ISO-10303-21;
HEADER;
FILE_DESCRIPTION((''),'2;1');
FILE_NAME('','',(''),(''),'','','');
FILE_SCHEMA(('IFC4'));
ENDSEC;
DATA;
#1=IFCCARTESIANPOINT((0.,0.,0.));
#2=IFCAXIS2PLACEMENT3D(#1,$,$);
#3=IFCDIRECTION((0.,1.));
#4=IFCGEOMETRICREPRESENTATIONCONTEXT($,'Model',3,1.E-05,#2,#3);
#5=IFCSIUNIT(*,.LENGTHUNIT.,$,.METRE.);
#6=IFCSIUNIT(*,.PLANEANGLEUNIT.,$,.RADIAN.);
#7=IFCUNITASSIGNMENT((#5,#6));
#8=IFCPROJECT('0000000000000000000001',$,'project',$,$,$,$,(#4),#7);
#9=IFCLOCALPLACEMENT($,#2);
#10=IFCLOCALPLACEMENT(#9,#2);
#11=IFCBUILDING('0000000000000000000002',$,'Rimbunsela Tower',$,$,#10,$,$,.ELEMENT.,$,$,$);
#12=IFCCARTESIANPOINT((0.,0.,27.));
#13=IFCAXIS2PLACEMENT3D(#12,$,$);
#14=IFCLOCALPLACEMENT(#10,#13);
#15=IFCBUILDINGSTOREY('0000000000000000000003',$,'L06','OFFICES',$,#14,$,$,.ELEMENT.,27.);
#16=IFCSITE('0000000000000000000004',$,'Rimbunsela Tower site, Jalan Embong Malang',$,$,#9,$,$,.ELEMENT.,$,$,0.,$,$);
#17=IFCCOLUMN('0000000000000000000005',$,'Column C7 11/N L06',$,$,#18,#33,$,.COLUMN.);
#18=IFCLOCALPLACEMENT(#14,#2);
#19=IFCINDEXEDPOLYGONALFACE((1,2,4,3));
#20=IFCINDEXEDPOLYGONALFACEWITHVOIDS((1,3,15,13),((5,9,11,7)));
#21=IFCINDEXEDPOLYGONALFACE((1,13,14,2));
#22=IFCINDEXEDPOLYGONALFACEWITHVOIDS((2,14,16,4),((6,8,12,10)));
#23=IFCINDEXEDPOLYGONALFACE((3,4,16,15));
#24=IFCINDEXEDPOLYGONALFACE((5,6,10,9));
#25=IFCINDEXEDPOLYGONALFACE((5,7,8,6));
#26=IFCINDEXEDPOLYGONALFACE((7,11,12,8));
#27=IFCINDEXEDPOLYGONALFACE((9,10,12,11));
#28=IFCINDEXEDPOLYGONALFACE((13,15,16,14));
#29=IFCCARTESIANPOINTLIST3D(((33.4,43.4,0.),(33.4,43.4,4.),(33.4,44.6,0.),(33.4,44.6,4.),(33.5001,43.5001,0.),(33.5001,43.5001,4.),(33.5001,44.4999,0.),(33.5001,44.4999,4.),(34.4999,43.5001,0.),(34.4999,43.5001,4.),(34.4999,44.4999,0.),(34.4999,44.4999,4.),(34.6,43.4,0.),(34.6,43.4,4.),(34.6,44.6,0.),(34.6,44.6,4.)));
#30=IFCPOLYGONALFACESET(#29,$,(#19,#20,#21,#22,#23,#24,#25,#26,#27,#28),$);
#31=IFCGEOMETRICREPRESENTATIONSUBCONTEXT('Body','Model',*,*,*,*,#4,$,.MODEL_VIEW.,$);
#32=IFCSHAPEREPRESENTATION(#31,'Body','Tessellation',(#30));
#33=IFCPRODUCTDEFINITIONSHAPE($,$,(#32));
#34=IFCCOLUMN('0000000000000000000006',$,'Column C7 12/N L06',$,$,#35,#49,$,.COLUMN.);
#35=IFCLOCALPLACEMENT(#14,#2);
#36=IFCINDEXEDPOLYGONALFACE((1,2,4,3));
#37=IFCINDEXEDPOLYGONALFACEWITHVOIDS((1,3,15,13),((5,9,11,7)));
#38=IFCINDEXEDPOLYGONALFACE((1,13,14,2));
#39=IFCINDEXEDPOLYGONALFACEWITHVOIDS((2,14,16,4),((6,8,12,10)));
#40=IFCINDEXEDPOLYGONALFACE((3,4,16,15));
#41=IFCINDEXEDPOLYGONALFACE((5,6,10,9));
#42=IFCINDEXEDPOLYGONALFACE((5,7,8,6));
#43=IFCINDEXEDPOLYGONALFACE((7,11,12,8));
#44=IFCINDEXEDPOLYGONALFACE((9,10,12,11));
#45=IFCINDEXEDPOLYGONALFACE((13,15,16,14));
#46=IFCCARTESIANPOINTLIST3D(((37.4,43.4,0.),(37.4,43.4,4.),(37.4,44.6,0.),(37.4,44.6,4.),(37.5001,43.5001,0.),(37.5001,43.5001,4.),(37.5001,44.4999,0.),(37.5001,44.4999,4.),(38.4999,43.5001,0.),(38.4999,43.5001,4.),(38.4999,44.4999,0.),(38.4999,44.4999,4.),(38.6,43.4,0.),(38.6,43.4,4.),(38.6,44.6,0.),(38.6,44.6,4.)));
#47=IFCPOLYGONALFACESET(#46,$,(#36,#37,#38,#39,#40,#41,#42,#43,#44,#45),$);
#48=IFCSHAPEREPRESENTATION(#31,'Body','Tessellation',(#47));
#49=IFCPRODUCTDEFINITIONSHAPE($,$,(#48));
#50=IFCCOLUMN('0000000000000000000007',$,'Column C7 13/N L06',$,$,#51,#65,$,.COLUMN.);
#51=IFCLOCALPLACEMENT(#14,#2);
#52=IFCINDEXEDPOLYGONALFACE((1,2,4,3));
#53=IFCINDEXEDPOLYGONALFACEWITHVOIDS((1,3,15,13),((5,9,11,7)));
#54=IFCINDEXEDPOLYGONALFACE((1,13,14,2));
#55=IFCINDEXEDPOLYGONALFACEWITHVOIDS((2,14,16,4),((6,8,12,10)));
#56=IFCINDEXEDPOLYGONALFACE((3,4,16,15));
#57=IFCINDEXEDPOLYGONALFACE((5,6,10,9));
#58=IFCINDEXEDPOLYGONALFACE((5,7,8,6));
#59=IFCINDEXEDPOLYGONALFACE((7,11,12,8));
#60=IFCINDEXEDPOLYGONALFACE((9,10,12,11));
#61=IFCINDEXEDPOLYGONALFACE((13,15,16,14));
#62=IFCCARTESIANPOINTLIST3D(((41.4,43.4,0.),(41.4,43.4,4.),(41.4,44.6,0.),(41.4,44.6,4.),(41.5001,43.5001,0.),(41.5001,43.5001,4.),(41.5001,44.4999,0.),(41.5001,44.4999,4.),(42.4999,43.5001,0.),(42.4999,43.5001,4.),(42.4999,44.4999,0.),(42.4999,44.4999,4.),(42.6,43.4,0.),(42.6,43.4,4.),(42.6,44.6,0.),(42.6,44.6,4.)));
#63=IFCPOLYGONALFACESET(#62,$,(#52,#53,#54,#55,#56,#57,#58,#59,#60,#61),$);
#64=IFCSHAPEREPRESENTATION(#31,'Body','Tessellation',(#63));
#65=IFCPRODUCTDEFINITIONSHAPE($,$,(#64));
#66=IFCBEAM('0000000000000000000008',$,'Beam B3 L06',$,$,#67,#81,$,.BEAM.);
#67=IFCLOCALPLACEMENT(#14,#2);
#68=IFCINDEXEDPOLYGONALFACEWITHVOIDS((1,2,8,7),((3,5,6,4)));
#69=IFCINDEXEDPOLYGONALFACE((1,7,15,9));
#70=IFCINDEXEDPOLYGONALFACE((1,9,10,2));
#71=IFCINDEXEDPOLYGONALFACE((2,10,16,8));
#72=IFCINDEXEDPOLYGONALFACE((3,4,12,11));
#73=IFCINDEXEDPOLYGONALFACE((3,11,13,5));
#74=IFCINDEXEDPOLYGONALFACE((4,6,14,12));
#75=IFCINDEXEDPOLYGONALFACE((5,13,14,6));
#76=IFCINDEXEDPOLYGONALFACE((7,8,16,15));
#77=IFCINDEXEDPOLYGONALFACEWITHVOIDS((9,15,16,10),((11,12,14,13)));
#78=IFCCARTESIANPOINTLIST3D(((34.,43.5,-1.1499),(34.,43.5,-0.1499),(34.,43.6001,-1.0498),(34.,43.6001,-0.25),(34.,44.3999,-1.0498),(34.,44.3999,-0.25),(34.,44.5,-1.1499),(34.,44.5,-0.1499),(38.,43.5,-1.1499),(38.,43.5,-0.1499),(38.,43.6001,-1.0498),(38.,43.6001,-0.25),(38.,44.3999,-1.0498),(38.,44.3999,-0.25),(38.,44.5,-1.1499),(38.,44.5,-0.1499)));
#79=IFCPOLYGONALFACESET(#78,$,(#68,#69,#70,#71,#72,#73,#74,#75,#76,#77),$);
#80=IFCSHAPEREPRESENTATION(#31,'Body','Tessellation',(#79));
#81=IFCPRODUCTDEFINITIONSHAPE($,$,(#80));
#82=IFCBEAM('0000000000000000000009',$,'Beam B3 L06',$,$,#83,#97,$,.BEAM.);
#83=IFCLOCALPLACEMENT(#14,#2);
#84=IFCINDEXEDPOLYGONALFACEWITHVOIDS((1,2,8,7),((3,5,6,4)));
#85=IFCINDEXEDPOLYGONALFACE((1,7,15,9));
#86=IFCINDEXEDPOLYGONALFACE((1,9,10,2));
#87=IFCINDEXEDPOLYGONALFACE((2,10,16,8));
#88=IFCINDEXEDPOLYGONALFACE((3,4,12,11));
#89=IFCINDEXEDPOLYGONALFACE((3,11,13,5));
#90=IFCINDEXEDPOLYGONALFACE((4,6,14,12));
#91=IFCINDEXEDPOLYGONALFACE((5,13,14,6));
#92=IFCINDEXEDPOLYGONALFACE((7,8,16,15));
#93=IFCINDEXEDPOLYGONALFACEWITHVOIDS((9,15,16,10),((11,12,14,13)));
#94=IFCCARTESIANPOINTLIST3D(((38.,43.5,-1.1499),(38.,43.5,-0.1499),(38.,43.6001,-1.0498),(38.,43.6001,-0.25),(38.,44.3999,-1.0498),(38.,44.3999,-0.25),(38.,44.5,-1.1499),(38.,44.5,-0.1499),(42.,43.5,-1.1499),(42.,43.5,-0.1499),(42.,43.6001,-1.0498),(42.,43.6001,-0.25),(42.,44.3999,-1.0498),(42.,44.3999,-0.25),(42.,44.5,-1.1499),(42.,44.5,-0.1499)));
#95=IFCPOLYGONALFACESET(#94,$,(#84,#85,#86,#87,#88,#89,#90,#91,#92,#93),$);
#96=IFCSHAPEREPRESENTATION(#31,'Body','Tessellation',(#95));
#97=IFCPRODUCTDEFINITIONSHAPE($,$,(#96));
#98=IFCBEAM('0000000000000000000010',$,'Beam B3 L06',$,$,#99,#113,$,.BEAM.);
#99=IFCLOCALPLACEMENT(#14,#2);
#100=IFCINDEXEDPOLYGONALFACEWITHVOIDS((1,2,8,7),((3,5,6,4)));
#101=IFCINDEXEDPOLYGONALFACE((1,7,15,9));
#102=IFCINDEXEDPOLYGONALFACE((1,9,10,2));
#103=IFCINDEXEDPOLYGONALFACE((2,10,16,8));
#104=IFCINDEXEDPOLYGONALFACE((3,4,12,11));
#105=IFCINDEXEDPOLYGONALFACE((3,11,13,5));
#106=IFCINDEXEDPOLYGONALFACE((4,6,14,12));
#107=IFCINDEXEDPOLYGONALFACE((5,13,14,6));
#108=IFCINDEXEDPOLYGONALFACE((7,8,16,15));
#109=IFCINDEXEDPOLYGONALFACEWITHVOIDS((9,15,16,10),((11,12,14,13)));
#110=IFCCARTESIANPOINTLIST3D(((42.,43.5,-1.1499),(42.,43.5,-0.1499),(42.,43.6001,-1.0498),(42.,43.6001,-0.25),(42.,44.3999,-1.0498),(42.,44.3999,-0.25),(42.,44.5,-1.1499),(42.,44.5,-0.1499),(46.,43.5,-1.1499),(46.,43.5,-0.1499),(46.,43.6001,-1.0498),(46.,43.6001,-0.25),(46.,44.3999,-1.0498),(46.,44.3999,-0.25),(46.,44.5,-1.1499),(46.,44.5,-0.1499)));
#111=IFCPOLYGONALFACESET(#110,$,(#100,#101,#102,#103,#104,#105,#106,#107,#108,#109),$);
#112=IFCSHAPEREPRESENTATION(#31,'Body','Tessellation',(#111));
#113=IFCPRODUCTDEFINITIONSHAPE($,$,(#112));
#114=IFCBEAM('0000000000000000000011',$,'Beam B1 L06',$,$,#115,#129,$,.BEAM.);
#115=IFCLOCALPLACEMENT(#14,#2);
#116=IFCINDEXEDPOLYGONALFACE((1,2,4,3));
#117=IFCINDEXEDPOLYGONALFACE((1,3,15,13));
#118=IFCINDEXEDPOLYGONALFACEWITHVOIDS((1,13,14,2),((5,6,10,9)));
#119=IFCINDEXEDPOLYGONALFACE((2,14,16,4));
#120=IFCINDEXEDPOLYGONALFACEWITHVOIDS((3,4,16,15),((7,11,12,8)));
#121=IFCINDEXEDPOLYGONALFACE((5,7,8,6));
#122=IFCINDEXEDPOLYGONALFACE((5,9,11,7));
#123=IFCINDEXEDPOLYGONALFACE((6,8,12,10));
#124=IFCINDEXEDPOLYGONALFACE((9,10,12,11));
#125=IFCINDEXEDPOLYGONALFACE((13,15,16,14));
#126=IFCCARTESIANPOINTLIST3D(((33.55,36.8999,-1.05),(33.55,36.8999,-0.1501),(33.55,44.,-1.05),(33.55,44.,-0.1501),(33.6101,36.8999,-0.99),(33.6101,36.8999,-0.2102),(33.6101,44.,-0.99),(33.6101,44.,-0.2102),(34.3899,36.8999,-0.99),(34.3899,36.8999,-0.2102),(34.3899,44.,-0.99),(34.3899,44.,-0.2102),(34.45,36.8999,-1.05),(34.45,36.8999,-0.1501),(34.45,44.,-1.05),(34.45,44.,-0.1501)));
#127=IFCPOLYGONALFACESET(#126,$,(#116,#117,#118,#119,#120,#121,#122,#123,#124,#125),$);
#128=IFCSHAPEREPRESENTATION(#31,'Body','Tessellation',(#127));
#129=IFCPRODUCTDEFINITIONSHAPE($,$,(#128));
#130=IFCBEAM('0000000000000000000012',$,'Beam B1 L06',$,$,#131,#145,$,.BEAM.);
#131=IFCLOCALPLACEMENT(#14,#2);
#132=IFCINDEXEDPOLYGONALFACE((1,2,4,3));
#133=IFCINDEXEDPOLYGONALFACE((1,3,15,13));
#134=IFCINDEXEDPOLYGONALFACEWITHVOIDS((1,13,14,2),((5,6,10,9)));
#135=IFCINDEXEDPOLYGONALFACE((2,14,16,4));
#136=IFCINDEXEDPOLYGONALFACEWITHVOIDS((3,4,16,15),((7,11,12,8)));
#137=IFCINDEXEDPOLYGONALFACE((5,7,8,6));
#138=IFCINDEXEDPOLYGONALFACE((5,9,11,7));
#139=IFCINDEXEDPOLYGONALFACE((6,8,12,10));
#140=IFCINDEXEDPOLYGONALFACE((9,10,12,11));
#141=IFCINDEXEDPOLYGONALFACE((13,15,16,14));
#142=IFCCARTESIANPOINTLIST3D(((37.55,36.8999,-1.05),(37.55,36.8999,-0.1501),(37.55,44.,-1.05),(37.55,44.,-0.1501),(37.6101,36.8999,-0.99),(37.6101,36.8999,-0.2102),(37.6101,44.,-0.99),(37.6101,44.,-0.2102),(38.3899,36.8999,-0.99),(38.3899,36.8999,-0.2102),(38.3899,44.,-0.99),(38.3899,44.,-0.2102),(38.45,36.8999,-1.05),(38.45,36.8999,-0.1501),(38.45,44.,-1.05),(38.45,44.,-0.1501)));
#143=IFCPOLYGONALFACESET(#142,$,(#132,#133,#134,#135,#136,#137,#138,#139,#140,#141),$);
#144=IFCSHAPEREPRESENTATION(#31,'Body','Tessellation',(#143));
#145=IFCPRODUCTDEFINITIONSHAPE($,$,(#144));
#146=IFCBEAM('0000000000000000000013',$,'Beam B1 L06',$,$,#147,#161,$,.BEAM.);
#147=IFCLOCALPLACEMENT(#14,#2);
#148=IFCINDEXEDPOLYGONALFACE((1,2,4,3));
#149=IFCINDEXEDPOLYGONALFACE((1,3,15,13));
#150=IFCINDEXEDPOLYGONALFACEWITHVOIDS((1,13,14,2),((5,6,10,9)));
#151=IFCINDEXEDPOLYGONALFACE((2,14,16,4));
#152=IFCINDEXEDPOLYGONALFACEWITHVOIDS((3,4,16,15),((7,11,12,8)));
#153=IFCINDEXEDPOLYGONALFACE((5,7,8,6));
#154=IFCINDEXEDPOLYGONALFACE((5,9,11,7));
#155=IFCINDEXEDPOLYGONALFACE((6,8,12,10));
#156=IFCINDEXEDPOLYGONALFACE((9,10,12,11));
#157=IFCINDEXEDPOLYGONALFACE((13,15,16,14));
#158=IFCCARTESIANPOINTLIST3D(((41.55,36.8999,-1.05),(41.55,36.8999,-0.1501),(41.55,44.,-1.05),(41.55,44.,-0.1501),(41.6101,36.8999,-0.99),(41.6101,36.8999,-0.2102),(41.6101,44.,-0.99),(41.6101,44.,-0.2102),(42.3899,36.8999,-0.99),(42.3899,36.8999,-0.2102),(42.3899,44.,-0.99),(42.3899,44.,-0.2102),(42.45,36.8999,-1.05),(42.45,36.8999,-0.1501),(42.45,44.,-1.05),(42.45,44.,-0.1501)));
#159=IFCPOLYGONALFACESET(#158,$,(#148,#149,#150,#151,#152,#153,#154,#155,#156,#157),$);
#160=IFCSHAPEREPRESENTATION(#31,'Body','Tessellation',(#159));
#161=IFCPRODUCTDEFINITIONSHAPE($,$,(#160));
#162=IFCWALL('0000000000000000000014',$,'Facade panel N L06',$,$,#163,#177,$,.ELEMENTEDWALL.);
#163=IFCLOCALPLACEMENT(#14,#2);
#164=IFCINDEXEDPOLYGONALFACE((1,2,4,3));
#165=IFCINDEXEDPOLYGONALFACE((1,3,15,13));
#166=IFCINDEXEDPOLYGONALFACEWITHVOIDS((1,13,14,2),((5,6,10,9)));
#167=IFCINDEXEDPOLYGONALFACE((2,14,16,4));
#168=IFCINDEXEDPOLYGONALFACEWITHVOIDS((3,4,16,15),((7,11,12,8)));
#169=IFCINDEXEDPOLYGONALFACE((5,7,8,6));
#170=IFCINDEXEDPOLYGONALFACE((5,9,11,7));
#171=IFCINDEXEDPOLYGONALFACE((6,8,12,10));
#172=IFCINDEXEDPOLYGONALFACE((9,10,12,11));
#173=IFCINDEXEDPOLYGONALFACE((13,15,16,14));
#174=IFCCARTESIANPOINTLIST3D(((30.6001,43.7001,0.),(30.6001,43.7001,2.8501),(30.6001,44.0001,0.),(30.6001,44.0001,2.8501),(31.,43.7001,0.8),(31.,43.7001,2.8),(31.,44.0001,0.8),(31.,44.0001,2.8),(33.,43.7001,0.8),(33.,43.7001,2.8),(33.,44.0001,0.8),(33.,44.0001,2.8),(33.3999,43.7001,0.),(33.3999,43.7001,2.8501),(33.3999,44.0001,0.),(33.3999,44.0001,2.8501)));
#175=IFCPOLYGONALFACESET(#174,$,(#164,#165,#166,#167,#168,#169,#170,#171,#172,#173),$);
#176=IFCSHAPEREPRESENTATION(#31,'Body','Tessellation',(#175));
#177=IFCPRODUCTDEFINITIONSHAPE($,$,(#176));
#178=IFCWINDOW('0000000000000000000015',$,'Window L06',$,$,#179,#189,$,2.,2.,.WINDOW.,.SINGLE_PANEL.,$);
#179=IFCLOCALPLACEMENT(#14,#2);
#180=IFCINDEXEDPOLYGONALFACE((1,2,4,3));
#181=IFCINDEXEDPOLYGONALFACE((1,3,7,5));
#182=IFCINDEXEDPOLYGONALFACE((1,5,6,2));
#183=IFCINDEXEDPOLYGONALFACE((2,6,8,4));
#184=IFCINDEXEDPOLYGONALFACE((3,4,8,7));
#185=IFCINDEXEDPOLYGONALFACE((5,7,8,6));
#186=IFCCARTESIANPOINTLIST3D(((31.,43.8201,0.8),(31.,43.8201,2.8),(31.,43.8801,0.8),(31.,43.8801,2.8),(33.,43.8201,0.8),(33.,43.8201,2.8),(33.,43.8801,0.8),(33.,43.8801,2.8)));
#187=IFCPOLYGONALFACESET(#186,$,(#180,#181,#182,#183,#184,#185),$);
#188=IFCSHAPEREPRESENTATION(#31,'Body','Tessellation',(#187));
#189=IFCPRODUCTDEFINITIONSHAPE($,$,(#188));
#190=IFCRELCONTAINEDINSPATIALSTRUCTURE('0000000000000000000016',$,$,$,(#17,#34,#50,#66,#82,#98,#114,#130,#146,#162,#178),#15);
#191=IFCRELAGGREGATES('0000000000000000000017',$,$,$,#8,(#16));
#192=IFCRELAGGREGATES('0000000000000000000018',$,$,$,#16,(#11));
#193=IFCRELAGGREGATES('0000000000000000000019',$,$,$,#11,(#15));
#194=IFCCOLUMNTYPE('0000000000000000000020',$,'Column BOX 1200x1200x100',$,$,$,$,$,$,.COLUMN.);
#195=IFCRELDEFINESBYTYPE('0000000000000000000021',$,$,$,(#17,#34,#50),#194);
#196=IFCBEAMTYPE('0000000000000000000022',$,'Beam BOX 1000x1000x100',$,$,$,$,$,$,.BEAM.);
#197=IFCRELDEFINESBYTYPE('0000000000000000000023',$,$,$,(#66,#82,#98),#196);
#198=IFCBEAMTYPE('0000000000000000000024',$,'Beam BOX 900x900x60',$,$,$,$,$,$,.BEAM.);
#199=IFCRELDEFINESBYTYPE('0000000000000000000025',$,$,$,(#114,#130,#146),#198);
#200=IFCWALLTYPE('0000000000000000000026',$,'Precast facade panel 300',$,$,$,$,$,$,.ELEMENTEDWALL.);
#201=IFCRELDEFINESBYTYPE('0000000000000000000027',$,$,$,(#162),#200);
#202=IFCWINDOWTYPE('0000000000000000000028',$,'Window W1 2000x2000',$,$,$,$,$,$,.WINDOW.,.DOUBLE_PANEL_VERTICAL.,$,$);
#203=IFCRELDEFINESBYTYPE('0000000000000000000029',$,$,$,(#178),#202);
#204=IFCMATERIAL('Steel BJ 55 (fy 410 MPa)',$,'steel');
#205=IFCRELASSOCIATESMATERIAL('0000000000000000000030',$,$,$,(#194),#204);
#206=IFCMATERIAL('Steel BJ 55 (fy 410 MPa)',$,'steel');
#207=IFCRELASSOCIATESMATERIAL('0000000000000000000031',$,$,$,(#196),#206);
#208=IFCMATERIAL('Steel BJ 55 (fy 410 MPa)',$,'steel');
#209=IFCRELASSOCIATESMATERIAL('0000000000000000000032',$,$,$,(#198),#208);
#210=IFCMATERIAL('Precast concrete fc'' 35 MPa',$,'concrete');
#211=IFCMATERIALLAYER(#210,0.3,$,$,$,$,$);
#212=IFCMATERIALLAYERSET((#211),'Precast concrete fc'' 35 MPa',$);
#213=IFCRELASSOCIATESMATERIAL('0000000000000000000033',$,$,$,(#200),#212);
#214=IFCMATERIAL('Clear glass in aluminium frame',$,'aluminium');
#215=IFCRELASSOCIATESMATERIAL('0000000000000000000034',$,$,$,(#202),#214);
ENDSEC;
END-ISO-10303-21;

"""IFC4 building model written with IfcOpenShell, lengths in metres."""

from ifc_helpers import new_model, si_unit, direction, frame, frame_2d, origin, origin_2d, place, context, subcontext, project, spatial, rectangle, hollow_rectangle, extrude, material, layer, layer_set, material_profile, profile_set, type_object, element, fill, save


model = new_model("IFC4")

# Units and contexts
model_context = context("Model", 3, precision=1e-05, world=origin(), true_north=direction((0.0, 1.0)))
body_context = subcontext(model_context, "Body", "Model", "MODEL_VIEW")
ifc_project = project(units=[si_unit("LENGTHUNIT", "METRE"), si_unit("PLANEANGLEUNIT", "RADIAN")], contexts=[model_context])

# Site, building, storey
site_placement = place(None, origin())
site = spatial("IfcSite", under=ifc_project, at=site_placement, Name="Rimbunsela Tower site, Jalan Embong Malang", CompositionType="ELEMENT", RefElevation=0.0)
building_placement = place(site_placement, origin())
building = spatial("IfcBuilding", under=site, at=building_placement, Name="Rimbunsela Tower", CompositionType="ELEMENT")
storey_placement = place(building_placement, frame((0.0, 0.0, 27.0)))
storey = spatial("IfcBuildingStorey", under=building, at=storey_placement, Name="L06", Description="OFFICES", CompositionType="ELEMENT", Elevation=27.0)

# Columns
ifc_material_1 = material(Name="Steel BJ 55 (fy 410 MPa)", Category="steel")
ifc_material_profile_1 = material_profile(ifc_material_1, hollow_rectangle(XDim=1.2, YDim=1.2, WallThickness=0.1001, at=origin_2d()), Name="BOX 1200x1200x100")
ifc_profile_set_1 = profile_set([ifc_material_profile_1], Name="Steel BJ 55 (fy 410 MPa)")
column_type = type_object("IfcColumnType", Name="Column BOX 1200x1200x100", PredefinedType="COLUMN", material=ifc_profile_set_1)
for number, where, z_axis, x_axis, name in (
    (1, (34.0, 44.0, 0.0), (0.0, 0.0, 1.0), (1.0, 0.0, 0.0), "Column C7 11/N L06"),
    (2, (38.0, 44.0, 0.0), (0.0, 0.0, 1.0), (1.0, 0.0, 0.0), "Column C7 12/N L06"),
    (3, (42.0, 44.0, 0.0), (0.0, 0.0, 1.0), (1.0, 0.0, 0.0), "Column C7 13/N L06"),
):
    element("IfcColumn", number, at=place(storey_placement, frame(where, z_axis=z_axis, x_axis=x_axis)), inside=storey, type_object=column_type, Name=name, PredefinedType="COLUMN", context=body_context, shape_type="SweptSolid", body=[
        extrude(hollow_rectangle(XDim=1.2, YDim=1.2, WallThickness=0.1001, at=origin_2d()), origin(), (0.0, 0.0, 1.0), 4.0),
    ])

# Beams
ifc_material_2 = material(Name="Steel BJ 55 (fy 410 MPa)", Category="steel")
ifc_material_profile_2 = material_profile(ifc_material_2, hollow_rectangle(XDim=1.0, YDim=1.0, WallThickness=0.1001, at=origin_2d()), Name="BOX 1000x1000x100")
ifc_profile_set_2 = profile_set([ifc_material_profile_2], Name="Steel BJ 55 (fy 410 MPa)")
beam_type_1 = type_object("IfcBeamType", Name="Beam BOX 1000x1000x100", PredefinedType="BEAM", material=ifc_profile_set_2)
for number, where, z_axis, x_axis, name in (
    (4, (34.0, 44.0, -0.6499), (1.0, 0.0, 0.0), (0.0, 1.0, 0.0), "Beam B3 L06"),
    (5, (38.0, 44.0, -0.6499), (1.0, 0.0, 0.0), (0.0, 1.0, 0.0), "Beam B3 L06"),
    (6, (42.0, 44.0, -0.6499), (1.0, 0.0, 0.0), (0.0, 1.0, 0.0), "Beam B3 L06"),
):
    element("IfcBeam", number, at=place(storey_placement, frame(where, z_axis=z_axis, x_axis=x_axis)), inside=storey, type_object=beam_type_1, Name=name, PredefinedType="BEAM", context=body_context, shape_type="SweptSolid", body=[
        extrude(hollow_rectangle(XDim=1.0, YDim=1.0, WallThickness=0.1001, at=origin_2d()), origin(), (0.0, 0.0, 1.0), 4.0),
    ])
ifc_material_3 = material(Name="Steel BJ 55 (fy 410 MPa)", Category="steel")
ifc_material_profile_3 = material_profile(ifc_material_3, hollow_rectangle(XDim=0.8999, YDim=0.8999, WallThickness=0.0601, at=origin_2d()), Name="BOX 900x900x60")
ifc_profile_set_3 = profile_set([ifc_material_profile_3], Name="Steel BJ 55 (fy 410 MPa)")
beam_type_2 = type_object("IfcBeamType", Name="Beam BOX 900x900x60", PredefinedType="BEAM", material=ifc_profile_set_3)
for number, where, z_axis, x_axis, name in (
    (7, (34.0, 36.8999, -0.6001), (0.0, 1.0, 0.0), (-1.0, 0.0, 0.0), "Beam B1 L06"),
    (8, (38.0, 36.8999, -0.6001), (0.0, 1.0, 0.0), (-1.0, 0.0, 0.0), "Beam B1 L06"),
    (9, (42.0, 36.8999, -0.6001), (0.0, 1.0, 0.0), (-1.0, 0.0, 0.0), "Beam B1 L06"),
):
    element("IfcBeam", number, at=place(storey_placement, frame(where, z_axis=z_axis, x_axis=x_axis)), inside=storey, type_object=beam_type_2, Name=name, PredefinedType="BEAM", context=body_context, shape_type="SweptSolid", body=[
        extrude(hollow_rectangle(XDim=0.8999, YDim=0.8999, WallThickness=0.0601, at=origin_2d()), origin(), (0.0, 0.0, 1.0), 7.1001),
    ])

# Wall, opening, window
ifc_material_4 = material(Name="Precast concrete fc' 35 MPa", Category="concrete")
ifc_layer_1 = layer(ifc_material_4, 0.3)
ifc_layer_set_1 = layer_set([ifc_layer_1], Name="Precast concrete fc' 35 MPa")
wall_type_1 = type_object("IfcWallType", Name="Precast facade panel 300", PredefinedType="ELEMENTEDWALL", material=ifc_layer_set_1)
wall_1_placement = place(storey_placement, frame((33.3999, 43.8501, 0.0), z_axis=(0.0, 0.0, 1.0), x_axis=(-1.0, 0.0, 0.0)))
wall_1 = element("IfcWall", 10, at=wall_1_placement, inside=storey, type_object=wall_type_1, Name="Facade panel N L06", PredefinedType="ELEMENTEDWALL", context=body_context, shape_type="SweptSolid", body=[
    extrude(rectangle(XDim=2.7998, YDim=0.3, at=frame_2d((1.3999, 0.0))), origin(), (0.0, 0.0, 1.0), 2.8501),
])
opening_1_placement = place(wall_1_placement, frame((0.3999, 0.0, 0.8)))
opening_1 = element("IfcOpeningElement", 11, at=opening_1_placement, cuts=wall_1, PredefinedType="OPENING", context=body_context, shape_type="SweptSolid", body=[
    extrude(rectangle(XDim=2.0, YDim=2.0, at=frame_2d((1.0, 1.0))), frame((0.0, 0.1599, 0.0), z_axis=(0.0, -1.0, 0.0), x_axis=(1.0, 0.0, 0.0)), (0.0, 0.0, 1.0), 0.3201),
])
ifc_material_5 = material(Name="Clear glass in aluminium frame", Category="aluminium")
window_type = type_object("IfcWindowType", Name="Window W1 2000x2000", PartitioningType="DOUBLE_PANEL_VERTICAL", PredefinedType="WINDOW", material=ifc_material_5)
window_1_placement = place(opening_1_placement, origin())
window_1 = element("IfcWindow", 12, at=window_1_placement, inside=storey, type_object=window_type, Name="Window L06", OverallHeight=2.0, OverallWidth=2.0, PartitioningType="SINGLE_PANEL", PredefinedType="WINDOW", context=body_context, shape_type="SweptSolid", body=[
    extrude(rectangle(XDim=2.0, YDim=2.0, at=frame_2d((1.0, 1.0))), frame((0.0, 0.03, 0.0), z_axis=(0.0, -1.0, 0.0), x_axis=(1.0, 0.0, 0.0)), (0.0, 0.0, 1.0), 0.0601),
])
fill(opening_1, window_1)

save(model, "model.ifc")
